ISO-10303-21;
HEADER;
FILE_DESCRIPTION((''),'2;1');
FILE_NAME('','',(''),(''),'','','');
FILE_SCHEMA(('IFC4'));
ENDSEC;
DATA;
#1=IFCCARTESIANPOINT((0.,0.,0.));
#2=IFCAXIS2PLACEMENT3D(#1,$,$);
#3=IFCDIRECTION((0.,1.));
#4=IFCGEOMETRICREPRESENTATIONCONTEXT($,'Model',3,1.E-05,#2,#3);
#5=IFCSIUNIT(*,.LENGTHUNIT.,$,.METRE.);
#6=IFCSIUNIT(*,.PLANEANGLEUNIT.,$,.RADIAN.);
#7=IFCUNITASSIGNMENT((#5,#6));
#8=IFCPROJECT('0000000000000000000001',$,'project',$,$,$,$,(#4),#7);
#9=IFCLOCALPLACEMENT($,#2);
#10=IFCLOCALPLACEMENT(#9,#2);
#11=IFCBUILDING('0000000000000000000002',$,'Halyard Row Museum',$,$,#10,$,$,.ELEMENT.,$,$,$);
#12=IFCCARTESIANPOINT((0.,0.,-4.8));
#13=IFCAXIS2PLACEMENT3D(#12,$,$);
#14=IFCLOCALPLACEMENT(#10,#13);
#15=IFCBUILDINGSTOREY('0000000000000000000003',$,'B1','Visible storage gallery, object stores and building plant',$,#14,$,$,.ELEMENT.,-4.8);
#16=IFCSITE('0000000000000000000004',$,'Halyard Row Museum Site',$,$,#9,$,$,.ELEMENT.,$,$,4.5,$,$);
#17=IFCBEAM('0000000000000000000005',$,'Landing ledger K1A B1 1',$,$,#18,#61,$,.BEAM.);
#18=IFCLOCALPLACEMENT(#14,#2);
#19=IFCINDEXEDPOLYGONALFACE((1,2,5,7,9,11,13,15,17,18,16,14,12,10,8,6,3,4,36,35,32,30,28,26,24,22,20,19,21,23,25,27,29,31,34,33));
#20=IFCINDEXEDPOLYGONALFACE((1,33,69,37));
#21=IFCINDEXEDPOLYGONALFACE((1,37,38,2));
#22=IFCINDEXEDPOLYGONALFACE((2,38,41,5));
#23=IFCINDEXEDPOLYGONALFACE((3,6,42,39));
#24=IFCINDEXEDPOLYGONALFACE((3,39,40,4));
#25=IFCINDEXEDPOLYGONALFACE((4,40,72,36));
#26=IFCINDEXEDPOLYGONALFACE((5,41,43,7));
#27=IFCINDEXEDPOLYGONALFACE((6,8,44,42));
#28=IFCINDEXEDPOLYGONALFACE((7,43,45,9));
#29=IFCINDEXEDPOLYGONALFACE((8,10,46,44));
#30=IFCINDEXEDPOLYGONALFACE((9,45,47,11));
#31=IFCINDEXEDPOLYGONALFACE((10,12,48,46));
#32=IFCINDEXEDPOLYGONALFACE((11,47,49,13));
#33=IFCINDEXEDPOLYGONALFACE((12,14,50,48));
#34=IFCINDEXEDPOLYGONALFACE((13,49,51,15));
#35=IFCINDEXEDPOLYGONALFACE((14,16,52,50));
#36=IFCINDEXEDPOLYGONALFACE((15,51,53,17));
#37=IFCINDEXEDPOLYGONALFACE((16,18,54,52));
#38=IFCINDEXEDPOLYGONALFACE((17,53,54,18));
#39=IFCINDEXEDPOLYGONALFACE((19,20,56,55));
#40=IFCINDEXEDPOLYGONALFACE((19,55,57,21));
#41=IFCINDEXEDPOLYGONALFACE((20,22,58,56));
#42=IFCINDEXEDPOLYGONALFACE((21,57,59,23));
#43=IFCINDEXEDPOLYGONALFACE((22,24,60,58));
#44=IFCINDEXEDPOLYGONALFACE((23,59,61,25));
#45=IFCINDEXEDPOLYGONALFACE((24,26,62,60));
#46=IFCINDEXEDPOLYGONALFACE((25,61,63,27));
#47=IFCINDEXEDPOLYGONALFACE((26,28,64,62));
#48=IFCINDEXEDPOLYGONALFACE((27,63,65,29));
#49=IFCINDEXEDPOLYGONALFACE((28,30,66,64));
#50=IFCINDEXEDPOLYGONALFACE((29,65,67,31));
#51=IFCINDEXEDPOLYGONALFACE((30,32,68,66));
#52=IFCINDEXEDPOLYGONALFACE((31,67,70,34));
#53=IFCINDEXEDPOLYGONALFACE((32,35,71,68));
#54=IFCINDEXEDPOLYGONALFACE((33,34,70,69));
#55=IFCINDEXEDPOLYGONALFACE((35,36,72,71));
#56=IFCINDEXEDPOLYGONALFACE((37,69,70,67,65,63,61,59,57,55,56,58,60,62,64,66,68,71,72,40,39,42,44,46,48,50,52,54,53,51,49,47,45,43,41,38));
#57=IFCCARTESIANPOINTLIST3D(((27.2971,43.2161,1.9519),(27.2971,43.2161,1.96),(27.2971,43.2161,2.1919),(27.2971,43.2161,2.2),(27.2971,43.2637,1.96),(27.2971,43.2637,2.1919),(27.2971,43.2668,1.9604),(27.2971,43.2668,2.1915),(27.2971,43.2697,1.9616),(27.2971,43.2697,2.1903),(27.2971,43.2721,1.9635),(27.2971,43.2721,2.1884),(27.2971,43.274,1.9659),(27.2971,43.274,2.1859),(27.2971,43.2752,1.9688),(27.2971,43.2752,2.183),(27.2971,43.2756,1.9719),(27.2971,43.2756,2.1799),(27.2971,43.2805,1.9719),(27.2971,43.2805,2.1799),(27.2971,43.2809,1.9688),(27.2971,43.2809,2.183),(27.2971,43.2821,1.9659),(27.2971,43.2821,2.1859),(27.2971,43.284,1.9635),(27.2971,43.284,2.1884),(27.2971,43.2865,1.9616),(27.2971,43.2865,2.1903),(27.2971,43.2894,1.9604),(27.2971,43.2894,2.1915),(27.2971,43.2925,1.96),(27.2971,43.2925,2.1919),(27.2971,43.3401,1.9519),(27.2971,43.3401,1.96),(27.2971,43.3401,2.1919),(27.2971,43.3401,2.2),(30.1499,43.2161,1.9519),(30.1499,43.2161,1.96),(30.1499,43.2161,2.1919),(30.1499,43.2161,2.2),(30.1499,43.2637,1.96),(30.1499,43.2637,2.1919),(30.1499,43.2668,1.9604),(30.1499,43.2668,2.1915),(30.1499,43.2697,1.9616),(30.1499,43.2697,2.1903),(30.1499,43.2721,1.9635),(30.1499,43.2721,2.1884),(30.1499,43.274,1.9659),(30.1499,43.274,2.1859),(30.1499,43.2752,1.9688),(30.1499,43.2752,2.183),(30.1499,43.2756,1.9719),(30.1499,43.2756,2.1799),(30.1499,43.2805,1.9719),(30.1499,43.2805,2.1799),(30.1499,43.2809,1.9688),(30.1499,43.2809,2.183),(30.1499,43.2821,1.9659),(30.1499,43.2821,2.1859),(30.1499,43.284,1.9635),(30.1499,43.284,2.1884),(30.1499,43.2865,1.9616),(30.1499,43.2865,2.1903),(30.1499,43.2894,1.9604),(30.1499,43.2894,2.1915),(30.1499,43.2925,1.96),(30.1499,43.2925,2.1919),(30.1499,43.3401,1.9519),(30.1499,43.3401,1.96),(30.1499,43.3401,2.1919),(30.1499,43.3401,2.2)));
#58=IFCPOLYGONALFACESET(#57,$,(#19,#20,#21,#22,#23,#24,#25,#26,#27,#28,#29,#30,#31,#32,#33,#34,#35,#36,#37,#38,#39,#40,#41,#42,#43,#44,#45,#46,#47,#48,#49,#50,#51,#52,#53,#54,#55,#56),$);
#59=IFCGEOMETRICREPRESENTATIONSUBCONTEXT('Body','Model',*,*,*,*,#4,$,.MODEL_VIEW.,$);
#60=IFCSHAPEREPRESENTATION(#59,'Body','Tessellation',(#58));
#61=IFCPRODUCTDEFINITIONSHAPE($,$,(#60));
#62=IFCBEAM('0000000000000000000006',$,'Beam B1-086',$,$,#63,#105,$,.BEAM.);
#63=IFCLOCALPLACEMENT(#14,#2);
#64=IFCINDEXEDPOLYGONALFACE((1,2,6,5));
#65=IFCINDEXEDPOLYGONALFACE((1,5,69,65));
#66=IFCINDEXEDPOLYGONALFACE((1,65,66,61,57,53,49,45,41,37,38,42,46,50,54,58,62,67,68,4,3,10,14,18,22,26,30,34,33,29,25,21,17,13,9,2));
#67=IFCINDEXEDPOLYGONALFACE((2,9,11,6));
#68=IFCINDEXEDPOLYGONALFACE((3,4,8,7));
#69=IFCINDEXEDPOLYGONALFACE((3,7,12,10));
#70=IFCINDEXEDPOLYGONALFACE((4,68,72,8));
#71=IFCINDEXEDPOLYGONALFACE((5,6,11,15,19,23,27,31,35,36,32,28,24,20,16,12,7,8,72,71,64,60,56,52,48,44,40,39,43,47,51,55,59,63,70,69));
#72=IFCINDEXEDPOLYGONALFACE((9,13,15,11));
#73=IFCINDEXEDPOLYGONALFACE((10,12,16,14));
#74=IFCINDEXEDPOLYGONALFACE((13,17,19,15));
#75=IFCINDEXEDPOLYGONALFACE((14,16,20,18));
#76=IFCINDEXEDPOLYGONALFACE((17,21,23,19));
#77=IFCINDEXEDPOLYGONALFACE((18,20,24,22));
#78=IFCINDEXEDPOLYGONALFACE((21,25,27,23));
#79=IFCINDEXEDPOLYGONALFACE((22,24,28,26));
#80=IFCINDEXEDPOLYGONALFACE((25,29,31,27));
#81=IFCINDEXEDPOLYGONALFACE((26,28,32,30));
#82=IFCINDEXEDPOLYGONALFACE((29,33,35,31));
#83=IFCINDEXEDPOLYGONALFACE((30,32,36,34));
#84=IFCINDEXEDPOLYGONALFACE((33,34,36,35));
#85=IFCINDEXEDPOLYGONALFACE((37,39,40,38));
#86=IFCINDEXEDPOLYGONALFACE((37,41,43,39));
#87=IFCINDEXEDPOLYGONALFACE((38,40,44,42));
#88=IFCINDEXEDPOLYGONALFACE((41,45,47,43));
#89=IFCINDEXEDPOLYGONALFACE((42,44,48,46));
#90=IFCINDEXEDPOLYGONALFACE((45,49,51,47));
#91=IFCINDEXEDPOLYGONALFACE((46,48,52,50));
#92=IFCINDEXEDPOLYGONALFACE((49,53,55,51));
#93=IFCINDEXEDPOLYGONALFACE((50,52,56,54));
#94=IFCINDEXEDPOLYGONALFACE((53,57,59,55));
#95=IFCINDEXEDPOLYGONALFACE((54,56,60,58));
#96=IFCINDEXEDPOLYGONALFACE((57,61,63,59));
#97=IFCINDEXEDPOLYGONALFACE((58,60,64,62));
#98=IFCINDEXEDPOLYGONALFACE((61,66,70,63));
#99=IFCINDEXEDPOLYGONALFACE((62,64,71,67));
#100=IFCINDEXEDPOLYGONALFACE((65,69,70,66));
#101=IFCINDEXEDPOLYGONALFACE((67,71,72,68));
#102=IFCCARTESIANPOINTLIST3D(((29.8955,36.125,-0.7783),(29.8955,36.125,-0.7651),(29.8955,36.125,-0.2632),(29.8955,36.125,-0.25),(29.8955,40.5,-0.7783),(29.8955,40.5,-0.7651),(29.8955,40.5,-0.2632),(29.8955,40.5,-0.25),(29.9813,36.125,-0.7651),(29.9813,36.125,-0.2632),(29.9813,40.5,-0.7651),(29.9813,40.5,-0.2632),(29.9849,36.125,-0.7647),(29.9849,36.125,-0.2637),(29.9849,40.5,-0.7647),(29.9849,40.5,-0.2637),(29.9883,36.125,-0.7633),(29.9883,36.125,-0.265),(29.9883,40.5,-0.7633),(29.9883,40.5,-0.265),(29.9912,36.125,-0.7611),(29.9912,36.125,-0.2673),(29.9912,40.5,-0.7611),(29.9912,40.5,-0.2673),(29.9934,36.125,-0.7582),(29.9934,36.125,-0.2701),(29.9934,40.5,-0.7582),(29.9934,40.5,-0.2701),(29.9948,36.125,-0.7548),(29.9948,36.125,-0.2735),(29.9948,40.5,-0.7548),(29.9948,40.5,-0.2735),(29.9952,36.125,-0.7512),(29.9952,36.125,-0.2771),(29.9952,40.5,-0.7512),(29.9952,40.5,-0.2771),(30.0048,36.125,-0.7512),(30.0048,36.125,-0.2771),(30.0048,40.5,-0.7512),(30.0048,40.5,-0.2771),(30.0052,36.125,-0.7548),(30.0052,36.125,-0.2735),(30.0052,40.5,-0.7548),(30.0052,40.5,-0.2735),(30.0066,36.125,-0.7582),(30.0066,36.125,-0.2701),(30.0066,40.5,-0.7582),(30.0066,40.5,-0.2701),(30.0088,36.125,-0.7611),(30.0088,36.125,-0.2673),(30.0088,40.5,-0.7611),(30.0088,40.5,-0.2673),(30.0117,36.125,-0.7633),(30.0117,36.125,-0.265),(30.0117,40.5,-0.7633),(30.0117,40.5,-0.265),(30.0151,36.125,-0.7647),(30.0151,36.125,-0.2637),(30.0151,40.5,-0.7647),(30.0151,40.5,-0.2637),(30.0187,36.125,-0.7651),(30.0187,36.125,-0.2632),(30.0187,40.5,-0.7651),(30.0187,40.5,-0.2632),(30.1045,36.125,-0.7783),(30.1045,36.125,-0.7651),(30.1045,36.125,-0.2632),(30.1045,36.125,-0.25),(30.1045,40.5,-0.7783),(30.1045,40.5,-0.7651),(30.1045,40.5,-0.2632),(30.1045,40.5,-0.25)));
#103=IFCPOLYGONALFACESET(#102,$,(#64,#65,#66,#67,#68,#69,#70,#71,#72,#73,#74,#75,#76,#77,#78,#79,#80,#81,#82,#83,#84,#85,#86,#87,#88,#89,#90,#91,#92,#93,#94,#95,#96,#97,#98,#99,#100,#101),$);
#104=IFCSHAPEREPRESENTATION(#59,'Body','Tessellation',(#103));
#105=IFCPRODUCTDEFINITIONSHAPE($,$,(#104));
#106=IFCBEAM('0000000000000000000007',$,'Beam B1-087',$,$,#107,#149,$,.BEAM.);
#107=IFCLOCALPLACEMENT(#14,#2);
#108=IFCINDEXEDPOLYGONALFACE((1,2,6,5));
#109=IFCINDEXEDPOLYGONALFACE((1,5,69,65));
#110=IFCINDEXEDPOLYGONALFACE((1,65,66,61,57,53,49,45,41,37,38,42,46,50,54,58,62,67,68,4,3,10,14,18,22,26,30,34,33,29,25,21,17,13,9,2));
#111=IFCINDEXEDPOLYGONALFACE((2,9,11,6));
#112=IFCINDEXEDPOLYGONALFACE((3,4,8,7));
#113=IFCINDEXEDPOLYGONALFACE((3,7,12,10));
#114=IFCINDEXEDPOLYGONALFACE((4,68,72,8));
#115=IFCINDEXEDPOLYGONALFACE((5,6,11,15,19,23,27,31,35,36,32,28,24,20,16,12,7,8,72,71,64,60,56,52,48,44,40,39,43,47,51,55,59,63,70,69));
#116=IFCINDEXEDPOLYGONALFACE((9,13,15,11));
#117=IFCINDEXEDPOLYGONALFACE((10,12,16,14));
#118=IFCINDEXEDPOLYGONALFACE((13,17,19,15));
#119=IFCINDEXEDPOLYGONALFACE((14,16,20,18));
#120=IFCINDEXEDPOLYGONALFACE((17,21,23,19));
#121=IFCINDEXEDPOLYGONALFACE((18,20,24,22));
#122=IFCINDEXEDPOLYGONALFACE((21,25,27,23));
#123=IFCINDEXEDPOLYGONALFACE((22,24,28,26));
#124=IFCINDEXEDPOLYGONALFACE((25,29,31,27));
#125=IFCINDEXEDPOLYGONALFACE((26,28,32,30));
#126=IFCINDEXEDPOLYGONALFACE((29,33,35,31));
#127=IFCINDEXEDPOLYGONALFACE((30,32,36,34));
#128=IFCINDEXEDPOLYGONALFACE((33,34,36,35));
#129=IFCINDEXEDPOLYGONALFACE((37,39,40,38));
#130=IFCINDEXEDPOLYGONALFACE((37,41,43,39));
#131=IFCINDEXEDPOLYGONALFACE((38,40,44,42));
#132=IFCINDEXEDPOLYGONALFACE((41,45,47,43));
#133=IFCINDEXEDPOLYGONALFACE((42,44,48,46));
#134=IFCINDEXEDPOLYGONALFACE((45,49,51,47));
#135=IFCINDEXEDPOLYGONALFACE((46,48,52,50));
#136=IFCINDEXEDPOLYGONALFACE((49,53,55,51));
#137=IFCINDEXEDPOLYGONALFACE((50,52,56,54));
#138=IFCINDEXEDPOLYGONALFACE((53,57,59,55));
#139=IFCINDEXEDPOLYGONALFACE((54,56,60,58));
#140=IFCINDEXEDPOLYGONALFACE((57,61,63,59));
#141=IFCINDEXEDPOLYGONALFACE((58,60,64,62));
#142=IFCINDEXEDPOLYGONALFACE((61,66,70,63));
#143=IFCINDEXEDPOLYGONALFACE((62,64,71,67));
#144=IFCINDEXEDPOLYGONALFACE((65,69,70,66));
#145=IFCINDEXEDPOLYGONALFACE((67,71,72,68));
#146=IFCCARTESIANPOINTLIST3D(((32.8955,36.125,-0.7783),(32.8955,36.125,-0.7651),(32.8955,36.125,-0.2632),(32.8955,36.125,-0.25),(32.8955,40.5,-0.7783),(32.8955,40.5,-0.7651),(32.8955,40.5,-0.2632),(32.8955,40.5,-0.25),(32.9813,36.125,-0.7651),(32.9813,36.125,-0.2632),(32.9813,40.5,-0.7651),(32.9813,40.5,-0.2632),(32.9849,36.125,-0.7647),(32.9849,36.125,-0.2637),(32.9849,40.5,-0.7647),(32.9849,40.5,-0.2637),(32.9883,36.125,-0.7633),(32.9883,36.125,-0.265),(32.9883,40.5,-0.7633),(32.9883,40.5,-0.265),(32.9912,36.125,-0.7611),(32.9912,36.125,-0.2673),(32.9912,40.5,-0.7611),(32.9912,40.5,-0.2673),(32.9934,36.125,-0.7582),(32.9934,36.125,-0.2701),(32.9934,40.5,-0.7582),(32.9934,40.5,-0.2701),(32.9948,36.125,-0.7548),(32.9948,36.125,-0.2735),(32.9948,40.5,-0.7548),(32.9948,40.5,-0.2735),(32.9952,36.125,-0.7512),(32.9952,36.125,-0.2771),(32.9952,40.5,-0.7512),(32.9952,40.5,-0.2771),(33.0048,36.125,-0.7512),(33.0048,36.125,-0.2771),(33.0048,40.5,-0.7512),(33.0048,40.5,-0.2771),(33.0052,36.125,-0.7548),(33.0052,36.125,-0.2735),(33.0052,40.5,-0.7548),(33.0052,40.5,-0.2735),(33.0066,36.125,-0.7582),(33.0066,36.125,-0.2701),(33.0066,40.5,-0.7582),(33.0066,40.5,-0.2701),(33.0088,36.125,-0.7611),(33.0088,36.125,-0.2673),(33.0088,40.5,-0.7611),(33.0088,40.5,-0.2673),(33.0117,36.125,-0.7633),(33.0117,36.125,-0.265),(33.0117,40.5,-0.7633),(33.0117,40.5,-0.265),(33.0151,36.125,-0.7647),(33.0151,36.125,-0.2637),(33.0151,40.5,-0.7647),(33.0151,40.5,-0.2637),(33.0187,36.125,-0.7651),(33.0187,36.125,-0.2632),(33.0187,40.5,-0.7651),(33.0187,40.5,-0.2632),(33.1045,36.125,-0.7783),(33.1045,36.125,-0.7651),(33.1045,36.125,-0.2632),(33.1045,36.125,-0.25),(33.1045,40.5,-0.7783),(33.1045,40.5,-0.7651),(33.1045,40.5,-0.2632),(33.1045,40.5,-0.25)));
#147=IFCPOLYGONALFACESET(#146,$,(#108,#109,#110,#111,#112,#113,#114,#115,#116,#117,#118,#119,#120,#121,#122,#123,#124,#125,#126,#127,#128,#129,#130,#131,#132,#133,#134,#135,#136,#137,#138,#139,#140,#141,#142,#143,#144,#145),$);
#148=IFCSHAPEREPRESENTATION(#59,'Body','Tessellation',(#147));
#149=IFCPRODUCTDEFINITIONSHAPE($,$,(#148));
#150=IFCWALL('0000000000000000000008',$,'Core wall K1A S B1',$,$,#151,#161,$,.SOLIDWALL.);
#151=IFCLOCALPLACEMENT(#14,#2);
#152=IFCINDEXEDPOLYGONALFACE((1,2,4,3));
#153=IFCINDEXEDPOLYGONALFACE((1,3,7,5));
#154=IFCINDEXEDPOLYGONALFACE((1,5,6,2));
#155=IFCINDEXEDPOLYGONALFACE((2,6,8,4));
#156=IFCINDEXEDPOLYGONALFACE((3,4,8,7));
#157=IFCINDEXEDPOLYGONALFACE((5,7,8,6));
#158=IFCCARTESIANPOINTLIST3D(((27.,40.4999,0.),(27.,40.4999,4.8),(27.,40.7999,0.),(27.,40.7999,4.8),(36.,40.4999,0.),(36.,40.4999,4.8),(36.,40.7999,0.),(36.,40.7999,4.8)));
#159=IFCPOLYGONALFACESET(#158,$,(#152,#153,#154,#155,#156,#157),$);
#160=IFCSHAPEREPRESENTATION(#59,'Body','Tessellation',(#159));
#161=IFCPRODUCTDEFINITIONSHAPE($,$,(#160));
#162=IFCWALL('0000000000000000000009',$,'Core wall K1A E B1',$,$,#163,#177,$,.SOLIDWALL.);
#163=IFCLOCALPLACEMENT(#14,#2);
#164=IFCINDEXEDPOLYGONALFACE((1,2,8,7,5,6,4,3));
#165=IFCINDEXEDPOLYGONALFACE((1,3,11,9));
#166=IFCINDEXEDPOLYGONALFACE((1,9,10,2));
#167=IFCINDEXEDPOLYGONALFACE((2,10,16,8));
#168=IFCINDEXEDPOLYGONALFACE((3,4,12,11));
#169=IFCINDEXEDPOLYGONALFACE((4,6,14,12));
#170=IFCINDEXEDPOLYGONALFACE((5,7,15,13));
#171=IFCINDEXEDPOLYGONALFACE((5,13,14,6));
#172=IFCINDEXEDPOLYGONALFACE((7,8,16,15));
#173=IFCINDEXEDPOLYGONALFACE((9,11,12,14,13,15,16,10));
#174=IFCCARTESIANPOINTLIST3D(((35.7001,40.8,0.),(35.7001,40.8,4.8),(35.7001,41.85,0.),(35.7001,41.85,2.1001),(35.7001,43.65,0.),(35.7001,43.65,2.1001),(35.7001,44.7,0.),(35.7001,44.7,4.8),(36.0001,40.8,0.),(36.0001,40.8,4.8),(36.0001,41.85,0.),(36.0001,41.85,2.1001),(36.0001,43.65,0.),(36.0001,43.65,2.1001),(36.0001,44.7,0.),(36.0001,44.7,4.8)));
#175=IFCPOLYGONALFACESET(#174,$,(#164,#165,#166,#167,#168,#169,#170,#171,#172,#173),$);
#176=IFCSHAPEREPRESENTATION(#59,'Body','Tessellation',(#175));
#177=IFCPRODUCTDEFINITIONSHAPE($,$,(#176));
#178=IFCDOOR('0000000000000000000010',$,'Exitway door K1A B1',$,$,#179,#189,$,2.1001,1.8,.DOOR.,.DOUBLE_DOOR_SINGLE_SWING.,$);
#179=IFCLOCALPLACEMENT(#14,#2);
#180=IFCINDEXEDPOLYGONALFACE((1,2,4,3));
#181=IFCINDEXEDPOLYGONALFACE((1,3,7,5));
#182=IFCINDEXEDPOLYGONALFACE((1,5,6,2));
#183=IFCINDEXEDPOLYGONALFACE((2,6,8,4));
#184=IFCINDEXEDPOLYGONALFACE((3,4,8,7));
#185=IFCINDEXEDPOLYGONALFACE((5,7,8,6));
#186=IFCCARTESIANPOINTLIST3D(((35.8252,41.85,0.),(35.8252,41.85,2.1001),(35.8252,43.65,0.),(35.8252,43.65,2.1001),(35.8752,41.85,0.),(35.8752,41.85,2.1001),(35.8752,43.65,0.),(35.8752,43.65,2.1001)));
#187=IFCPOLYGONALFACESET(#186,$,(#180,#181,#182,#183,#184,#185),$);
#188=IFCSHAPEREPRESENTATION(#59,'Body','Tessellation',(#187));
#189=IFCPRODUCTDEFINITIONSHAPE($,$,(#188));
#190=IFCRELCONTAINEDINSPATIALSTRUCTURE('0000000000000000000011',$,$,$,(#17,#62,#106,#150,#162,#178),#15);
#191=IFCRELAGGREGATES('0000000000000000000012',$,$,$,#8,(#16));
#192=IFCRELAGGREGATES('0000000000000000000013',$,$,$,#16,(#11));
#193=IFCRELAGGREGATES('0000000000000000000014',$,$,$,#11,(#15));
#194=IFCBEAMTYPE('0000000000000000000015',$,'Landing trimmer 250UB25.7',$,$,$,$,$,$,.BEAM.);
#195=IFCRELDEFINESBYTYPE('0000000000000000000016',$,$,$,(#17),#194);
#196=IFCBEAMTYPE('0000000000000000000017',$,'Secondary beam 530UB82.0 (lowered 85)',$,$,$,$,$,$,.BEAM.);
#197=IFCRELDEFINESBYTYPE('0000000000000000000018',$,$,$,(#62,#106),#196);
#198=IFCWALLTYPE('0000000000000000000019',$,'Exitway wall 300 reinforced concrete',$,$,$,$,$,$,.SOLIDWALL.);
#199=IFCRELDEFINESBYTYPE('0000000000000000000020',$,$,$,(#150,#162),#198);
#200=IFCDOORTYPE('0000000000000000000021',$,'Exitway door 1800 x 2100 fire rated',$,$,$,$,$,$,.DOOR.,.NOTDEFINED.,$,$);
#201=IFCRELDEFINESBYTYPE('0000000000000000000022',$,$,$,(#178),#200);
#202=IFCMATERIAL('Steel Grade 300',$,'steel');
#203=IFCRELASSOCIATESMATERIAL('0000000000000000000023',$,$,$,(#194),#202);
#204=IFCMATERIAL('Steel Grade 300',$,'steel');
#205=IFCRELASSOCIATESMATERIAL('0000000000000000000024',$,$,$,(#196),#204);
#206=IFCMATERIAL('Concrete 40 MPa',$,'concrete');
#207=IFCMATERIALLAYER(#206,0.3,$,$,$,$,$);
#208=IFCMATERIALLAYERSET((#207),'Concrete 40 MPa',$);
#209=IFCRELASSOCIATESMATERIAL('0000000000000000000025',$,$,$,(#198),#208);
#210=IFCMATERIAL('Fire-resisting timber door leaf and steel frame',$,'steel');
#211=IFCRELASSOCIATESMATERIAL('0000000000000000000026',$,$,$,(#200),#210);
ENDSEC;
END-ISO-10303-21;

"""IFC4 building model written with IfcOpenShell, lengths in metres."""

from ifc_helpers import new_model, si_unit, direction, frame, frame_2d, origin, origin_2d, place, context, subcontext, project, spatial, rectangle, i_section, extrude, material, layer, layer_set, material_profile, profile_set, type_object, element, fill, save


model = new_model("IFC4")

# Units and contexts
model_context = context("Model", 3, precision=1e-05, world=origin(), true_north=direction((0.0, 1.0)))
body_context = subcontext(model_context, "Body", "Model", "MODEL_VIEW")
ifc_project = project(units=[si_unit("LENGTHUNIT", "METRE"), si_unit("PLANEANGLEUNIT", "RADIAN")], contexts=[model_context])

# Site, building, storey
site_placement = place(None, origin())
site = spatial("IfcSite", under=ifc_project, at=site_placement, Name="Halyard Row Museum Site", CompositionType="ELEMENT", RefElevation=4.5)
building_placement = place(site_placement, origin())
building = spatial("IfcBuilding", under=site, at=building_placement, Name="Halyard Row Museum", CompositionType="ELEMENT")
storey_placement = place(building_placement, frame((0.0, 0.0, -4.8)))
storey = spatial("IfcBuildingStorey", under=building, at=storey_placement, Name="B1", Description="Visible storage gallery, object stores and building plant", CompositionType="ELEMENT", Elevation=-4.8)

# Beams
ifc_material_1 = material(Name="Steel Grade 300", Category="steel")
ifc_material_profile_1 = material_profile(ifc_material_1, i_section(OverallWidth=0.124, OverallDepth=0.248, WebThickness=0.0049, FlangeThickness=0.0081, FilletRadius=0.012, at=origin_2d()), Name="250UB25.7")
ifc_profile_set_1 = profile_set([ifc_material_profile_1], Name="Steel Grade 300")
beam_type_1 = type_object("IfcBeamType", Name="Landing trimmer 250UB25.7", PredefinedType="BEAM", material=ifc_profile_set_1)
beam_1_placement = place(storey_placement, frame((27.2971, 43.2781, 2.0759), z_axis=(1.0, 0.0, 0.0), x_axis=(0.0, 1.0, 0.0)))
element("IfcBeam", 1, at=beam_1_placement, inside=storey, type_object=beam_type_1, Name="Landing ledger K1A B1 1", PredefinedType="BEAM", context=body_context, shape_type="SweptSolid", body=[
    extrude(i_section(OverallWidth=0.124, OverallDepth=0.248, WebThickness=0.0049, FlangeThickness=0.0081, FilletRadius=0.012, at=origin_2d()), origin(), (0.0, 0.0, 1.0), 2.8528),
])
ifc_material_2 = material(Name="Steel Grade 300", Category="steel")
ifc_material_profile_2 = material_profile(ifc_material_2, i_section(OverallWidth=0.209, OverallDepth=0.5283, WebThickness=0.0095, FlangeThickness=0.0132, FilletRadius=0.0139, at=origin_2d()), Name="530UB82.0")
ifc_profile_set_2 = profile_set([ifc_material_profile_2], Name="Steel Grade 300")
beam_type_2 = type_object("IfcBeamType", Name="Secondary beam 530UB82.0 (lowered 85)", PredefinedType="BEAM", material=ifc_profile_set_2)
for number, where, z_axis, x_axis, name in (
    (2, (30.0, 36.125, -0.5142), (0.0, 1.0, 0.0), (-1.0, 0.0, 0.0), "Beam B1-086"),
    (3, (33.0, 36.125, -0.5142), (0.0, 1.0, 0.0), (-1.0, 0.0, 0.0), "Beam B1-087"),
):
    element("IfcBeam", number, at=place(storey_placement, frame(where, z_axis=z_axis, x_axis=x_axis)), inside=storey, type_object=beam_type_2, Name=name, PredefinedType="BEAM", context=body_context, shape_type="SweptSolid", body=[
        extrude(i_section(OverallWidth=0.209, OverallDepth=0.5283, WebThickness=0.0095, FlangeThickness=0.0132, FilletRadius=0.0139, at=origin_2d()), origin(), (0.0, 0.0, 1.0), 4.375),
    ])

# Wall
ifc_material_3 = material(Name="Concrete 40 MPa", Category="concrete")
ifc_layer_1 = layer(ifc_material_3, 0.3)
ifc_layer_set_1 = layer_set([ifc_layer_1], Name="Concrete 40 MPa")
wall_type_1 = type_object("IfcWallType", Name="Exitway wall 300 reinforced concrete", PredefinedType="SOLIDWALL", material=ifc_layer_set_1)
wall_1_placement = place(storey_placement, frame((27.0, 40.6499, 0.0), z_axis=(0.0, 0.0, 1.0), x_axis=(1.0, 0.0, 0.0)))
element("IfcWall", 4, at=wall_1_placement, inside=storey, type_object=wall_type_1, Name="Core wall K1A S B1", PredefinedType="SOLIDWALL", context=body_context, shape_type="SweptSolid", body=[
    extrude(rectangle(XDim=9.0, YDim=0.3, at=frame_2d((4.5, 0.0))), origin(), (0.0, 0.0, 1.0), 4.8),
])

# Wall, opening, door
wall_2_placement = place(storey_placement, frame((35.8501, 40.8, 0.0), z_axis=(0.0, 0.0, 1.0), x_axis=(0.0, 1.0, 0.0)))
wall_2 = element("IfcWall", 5, at=wall_2_placement, inside=storey, type_object=wall_type_1, Name="Core wall K1A E B1", PredefinedType="SOLIDWALL", context=body_context, shape_type="SweptSolid", body=[
    extrude(rectangle(XDim=3.8999, YDim=0.3, at=frame_2d((1.95, 0.0))), origin(), (0.0, 0.0, 1.0), 4.8),
])
opening_1_placement = place(wall_2_placement, frame((1.05, 0.0, 0.0)))
opening_1 = element("IfcOpeningElement", 6, at=opening_1_placement, cuts=wall_2, PredefinedType="OPENING", context=body_context, shape_type="SweptSolid", body=[
    extrude(rectangle(XDim=1.8, YDim=2.1001, at=frame_2d((0.8999, 1.05))), frame((0.0, 0.1599, 0.0), z_axis=(0.0, -1.0, 0.0), x_axis=(1.0, 0.0, 0.0)), (0.0, 0.0, 1.0), 0.3201),
])
ifc_material_4 = material(Name="Fire-resisting timber door leaf and steel frame", Category="steel")
door_type_1 = type_object("IfcDoorType", Name="Exitway door 1800 x 2100 fire rated", OperationType="NOTDEFINED", PredefinedType="DOOR", material=ifc_material_4)
door_1_placement = place(opening_1_placement, origin())
door_1 = element("IfcDoor", 7, at=door_1_placement, inside=storey, type_object=door_type_1, Name="Exitway door K1A B1", OperationType="DOUBLE_DOOR_SINGLE_SWING", OverallHeight=2.1001, OverallWidth=1.8, PredefinedType="DOOR", context=body_context, shape_type="SweptSolid", body=[
    extrude(rectangle(XDim=1.8, YDim=2.1001, at=frame_2d((0.8999, 1.05))), frame((0.0, 0.0249, 0.0), z_axis=(0.0, -1.0, 0.0), x_axis=(1.0, 0.0, 0.0)), (0.0, 0.0, 1.0), 0.05),
])
fill(opening_1, door_1)

save(model, "model.ifc")
